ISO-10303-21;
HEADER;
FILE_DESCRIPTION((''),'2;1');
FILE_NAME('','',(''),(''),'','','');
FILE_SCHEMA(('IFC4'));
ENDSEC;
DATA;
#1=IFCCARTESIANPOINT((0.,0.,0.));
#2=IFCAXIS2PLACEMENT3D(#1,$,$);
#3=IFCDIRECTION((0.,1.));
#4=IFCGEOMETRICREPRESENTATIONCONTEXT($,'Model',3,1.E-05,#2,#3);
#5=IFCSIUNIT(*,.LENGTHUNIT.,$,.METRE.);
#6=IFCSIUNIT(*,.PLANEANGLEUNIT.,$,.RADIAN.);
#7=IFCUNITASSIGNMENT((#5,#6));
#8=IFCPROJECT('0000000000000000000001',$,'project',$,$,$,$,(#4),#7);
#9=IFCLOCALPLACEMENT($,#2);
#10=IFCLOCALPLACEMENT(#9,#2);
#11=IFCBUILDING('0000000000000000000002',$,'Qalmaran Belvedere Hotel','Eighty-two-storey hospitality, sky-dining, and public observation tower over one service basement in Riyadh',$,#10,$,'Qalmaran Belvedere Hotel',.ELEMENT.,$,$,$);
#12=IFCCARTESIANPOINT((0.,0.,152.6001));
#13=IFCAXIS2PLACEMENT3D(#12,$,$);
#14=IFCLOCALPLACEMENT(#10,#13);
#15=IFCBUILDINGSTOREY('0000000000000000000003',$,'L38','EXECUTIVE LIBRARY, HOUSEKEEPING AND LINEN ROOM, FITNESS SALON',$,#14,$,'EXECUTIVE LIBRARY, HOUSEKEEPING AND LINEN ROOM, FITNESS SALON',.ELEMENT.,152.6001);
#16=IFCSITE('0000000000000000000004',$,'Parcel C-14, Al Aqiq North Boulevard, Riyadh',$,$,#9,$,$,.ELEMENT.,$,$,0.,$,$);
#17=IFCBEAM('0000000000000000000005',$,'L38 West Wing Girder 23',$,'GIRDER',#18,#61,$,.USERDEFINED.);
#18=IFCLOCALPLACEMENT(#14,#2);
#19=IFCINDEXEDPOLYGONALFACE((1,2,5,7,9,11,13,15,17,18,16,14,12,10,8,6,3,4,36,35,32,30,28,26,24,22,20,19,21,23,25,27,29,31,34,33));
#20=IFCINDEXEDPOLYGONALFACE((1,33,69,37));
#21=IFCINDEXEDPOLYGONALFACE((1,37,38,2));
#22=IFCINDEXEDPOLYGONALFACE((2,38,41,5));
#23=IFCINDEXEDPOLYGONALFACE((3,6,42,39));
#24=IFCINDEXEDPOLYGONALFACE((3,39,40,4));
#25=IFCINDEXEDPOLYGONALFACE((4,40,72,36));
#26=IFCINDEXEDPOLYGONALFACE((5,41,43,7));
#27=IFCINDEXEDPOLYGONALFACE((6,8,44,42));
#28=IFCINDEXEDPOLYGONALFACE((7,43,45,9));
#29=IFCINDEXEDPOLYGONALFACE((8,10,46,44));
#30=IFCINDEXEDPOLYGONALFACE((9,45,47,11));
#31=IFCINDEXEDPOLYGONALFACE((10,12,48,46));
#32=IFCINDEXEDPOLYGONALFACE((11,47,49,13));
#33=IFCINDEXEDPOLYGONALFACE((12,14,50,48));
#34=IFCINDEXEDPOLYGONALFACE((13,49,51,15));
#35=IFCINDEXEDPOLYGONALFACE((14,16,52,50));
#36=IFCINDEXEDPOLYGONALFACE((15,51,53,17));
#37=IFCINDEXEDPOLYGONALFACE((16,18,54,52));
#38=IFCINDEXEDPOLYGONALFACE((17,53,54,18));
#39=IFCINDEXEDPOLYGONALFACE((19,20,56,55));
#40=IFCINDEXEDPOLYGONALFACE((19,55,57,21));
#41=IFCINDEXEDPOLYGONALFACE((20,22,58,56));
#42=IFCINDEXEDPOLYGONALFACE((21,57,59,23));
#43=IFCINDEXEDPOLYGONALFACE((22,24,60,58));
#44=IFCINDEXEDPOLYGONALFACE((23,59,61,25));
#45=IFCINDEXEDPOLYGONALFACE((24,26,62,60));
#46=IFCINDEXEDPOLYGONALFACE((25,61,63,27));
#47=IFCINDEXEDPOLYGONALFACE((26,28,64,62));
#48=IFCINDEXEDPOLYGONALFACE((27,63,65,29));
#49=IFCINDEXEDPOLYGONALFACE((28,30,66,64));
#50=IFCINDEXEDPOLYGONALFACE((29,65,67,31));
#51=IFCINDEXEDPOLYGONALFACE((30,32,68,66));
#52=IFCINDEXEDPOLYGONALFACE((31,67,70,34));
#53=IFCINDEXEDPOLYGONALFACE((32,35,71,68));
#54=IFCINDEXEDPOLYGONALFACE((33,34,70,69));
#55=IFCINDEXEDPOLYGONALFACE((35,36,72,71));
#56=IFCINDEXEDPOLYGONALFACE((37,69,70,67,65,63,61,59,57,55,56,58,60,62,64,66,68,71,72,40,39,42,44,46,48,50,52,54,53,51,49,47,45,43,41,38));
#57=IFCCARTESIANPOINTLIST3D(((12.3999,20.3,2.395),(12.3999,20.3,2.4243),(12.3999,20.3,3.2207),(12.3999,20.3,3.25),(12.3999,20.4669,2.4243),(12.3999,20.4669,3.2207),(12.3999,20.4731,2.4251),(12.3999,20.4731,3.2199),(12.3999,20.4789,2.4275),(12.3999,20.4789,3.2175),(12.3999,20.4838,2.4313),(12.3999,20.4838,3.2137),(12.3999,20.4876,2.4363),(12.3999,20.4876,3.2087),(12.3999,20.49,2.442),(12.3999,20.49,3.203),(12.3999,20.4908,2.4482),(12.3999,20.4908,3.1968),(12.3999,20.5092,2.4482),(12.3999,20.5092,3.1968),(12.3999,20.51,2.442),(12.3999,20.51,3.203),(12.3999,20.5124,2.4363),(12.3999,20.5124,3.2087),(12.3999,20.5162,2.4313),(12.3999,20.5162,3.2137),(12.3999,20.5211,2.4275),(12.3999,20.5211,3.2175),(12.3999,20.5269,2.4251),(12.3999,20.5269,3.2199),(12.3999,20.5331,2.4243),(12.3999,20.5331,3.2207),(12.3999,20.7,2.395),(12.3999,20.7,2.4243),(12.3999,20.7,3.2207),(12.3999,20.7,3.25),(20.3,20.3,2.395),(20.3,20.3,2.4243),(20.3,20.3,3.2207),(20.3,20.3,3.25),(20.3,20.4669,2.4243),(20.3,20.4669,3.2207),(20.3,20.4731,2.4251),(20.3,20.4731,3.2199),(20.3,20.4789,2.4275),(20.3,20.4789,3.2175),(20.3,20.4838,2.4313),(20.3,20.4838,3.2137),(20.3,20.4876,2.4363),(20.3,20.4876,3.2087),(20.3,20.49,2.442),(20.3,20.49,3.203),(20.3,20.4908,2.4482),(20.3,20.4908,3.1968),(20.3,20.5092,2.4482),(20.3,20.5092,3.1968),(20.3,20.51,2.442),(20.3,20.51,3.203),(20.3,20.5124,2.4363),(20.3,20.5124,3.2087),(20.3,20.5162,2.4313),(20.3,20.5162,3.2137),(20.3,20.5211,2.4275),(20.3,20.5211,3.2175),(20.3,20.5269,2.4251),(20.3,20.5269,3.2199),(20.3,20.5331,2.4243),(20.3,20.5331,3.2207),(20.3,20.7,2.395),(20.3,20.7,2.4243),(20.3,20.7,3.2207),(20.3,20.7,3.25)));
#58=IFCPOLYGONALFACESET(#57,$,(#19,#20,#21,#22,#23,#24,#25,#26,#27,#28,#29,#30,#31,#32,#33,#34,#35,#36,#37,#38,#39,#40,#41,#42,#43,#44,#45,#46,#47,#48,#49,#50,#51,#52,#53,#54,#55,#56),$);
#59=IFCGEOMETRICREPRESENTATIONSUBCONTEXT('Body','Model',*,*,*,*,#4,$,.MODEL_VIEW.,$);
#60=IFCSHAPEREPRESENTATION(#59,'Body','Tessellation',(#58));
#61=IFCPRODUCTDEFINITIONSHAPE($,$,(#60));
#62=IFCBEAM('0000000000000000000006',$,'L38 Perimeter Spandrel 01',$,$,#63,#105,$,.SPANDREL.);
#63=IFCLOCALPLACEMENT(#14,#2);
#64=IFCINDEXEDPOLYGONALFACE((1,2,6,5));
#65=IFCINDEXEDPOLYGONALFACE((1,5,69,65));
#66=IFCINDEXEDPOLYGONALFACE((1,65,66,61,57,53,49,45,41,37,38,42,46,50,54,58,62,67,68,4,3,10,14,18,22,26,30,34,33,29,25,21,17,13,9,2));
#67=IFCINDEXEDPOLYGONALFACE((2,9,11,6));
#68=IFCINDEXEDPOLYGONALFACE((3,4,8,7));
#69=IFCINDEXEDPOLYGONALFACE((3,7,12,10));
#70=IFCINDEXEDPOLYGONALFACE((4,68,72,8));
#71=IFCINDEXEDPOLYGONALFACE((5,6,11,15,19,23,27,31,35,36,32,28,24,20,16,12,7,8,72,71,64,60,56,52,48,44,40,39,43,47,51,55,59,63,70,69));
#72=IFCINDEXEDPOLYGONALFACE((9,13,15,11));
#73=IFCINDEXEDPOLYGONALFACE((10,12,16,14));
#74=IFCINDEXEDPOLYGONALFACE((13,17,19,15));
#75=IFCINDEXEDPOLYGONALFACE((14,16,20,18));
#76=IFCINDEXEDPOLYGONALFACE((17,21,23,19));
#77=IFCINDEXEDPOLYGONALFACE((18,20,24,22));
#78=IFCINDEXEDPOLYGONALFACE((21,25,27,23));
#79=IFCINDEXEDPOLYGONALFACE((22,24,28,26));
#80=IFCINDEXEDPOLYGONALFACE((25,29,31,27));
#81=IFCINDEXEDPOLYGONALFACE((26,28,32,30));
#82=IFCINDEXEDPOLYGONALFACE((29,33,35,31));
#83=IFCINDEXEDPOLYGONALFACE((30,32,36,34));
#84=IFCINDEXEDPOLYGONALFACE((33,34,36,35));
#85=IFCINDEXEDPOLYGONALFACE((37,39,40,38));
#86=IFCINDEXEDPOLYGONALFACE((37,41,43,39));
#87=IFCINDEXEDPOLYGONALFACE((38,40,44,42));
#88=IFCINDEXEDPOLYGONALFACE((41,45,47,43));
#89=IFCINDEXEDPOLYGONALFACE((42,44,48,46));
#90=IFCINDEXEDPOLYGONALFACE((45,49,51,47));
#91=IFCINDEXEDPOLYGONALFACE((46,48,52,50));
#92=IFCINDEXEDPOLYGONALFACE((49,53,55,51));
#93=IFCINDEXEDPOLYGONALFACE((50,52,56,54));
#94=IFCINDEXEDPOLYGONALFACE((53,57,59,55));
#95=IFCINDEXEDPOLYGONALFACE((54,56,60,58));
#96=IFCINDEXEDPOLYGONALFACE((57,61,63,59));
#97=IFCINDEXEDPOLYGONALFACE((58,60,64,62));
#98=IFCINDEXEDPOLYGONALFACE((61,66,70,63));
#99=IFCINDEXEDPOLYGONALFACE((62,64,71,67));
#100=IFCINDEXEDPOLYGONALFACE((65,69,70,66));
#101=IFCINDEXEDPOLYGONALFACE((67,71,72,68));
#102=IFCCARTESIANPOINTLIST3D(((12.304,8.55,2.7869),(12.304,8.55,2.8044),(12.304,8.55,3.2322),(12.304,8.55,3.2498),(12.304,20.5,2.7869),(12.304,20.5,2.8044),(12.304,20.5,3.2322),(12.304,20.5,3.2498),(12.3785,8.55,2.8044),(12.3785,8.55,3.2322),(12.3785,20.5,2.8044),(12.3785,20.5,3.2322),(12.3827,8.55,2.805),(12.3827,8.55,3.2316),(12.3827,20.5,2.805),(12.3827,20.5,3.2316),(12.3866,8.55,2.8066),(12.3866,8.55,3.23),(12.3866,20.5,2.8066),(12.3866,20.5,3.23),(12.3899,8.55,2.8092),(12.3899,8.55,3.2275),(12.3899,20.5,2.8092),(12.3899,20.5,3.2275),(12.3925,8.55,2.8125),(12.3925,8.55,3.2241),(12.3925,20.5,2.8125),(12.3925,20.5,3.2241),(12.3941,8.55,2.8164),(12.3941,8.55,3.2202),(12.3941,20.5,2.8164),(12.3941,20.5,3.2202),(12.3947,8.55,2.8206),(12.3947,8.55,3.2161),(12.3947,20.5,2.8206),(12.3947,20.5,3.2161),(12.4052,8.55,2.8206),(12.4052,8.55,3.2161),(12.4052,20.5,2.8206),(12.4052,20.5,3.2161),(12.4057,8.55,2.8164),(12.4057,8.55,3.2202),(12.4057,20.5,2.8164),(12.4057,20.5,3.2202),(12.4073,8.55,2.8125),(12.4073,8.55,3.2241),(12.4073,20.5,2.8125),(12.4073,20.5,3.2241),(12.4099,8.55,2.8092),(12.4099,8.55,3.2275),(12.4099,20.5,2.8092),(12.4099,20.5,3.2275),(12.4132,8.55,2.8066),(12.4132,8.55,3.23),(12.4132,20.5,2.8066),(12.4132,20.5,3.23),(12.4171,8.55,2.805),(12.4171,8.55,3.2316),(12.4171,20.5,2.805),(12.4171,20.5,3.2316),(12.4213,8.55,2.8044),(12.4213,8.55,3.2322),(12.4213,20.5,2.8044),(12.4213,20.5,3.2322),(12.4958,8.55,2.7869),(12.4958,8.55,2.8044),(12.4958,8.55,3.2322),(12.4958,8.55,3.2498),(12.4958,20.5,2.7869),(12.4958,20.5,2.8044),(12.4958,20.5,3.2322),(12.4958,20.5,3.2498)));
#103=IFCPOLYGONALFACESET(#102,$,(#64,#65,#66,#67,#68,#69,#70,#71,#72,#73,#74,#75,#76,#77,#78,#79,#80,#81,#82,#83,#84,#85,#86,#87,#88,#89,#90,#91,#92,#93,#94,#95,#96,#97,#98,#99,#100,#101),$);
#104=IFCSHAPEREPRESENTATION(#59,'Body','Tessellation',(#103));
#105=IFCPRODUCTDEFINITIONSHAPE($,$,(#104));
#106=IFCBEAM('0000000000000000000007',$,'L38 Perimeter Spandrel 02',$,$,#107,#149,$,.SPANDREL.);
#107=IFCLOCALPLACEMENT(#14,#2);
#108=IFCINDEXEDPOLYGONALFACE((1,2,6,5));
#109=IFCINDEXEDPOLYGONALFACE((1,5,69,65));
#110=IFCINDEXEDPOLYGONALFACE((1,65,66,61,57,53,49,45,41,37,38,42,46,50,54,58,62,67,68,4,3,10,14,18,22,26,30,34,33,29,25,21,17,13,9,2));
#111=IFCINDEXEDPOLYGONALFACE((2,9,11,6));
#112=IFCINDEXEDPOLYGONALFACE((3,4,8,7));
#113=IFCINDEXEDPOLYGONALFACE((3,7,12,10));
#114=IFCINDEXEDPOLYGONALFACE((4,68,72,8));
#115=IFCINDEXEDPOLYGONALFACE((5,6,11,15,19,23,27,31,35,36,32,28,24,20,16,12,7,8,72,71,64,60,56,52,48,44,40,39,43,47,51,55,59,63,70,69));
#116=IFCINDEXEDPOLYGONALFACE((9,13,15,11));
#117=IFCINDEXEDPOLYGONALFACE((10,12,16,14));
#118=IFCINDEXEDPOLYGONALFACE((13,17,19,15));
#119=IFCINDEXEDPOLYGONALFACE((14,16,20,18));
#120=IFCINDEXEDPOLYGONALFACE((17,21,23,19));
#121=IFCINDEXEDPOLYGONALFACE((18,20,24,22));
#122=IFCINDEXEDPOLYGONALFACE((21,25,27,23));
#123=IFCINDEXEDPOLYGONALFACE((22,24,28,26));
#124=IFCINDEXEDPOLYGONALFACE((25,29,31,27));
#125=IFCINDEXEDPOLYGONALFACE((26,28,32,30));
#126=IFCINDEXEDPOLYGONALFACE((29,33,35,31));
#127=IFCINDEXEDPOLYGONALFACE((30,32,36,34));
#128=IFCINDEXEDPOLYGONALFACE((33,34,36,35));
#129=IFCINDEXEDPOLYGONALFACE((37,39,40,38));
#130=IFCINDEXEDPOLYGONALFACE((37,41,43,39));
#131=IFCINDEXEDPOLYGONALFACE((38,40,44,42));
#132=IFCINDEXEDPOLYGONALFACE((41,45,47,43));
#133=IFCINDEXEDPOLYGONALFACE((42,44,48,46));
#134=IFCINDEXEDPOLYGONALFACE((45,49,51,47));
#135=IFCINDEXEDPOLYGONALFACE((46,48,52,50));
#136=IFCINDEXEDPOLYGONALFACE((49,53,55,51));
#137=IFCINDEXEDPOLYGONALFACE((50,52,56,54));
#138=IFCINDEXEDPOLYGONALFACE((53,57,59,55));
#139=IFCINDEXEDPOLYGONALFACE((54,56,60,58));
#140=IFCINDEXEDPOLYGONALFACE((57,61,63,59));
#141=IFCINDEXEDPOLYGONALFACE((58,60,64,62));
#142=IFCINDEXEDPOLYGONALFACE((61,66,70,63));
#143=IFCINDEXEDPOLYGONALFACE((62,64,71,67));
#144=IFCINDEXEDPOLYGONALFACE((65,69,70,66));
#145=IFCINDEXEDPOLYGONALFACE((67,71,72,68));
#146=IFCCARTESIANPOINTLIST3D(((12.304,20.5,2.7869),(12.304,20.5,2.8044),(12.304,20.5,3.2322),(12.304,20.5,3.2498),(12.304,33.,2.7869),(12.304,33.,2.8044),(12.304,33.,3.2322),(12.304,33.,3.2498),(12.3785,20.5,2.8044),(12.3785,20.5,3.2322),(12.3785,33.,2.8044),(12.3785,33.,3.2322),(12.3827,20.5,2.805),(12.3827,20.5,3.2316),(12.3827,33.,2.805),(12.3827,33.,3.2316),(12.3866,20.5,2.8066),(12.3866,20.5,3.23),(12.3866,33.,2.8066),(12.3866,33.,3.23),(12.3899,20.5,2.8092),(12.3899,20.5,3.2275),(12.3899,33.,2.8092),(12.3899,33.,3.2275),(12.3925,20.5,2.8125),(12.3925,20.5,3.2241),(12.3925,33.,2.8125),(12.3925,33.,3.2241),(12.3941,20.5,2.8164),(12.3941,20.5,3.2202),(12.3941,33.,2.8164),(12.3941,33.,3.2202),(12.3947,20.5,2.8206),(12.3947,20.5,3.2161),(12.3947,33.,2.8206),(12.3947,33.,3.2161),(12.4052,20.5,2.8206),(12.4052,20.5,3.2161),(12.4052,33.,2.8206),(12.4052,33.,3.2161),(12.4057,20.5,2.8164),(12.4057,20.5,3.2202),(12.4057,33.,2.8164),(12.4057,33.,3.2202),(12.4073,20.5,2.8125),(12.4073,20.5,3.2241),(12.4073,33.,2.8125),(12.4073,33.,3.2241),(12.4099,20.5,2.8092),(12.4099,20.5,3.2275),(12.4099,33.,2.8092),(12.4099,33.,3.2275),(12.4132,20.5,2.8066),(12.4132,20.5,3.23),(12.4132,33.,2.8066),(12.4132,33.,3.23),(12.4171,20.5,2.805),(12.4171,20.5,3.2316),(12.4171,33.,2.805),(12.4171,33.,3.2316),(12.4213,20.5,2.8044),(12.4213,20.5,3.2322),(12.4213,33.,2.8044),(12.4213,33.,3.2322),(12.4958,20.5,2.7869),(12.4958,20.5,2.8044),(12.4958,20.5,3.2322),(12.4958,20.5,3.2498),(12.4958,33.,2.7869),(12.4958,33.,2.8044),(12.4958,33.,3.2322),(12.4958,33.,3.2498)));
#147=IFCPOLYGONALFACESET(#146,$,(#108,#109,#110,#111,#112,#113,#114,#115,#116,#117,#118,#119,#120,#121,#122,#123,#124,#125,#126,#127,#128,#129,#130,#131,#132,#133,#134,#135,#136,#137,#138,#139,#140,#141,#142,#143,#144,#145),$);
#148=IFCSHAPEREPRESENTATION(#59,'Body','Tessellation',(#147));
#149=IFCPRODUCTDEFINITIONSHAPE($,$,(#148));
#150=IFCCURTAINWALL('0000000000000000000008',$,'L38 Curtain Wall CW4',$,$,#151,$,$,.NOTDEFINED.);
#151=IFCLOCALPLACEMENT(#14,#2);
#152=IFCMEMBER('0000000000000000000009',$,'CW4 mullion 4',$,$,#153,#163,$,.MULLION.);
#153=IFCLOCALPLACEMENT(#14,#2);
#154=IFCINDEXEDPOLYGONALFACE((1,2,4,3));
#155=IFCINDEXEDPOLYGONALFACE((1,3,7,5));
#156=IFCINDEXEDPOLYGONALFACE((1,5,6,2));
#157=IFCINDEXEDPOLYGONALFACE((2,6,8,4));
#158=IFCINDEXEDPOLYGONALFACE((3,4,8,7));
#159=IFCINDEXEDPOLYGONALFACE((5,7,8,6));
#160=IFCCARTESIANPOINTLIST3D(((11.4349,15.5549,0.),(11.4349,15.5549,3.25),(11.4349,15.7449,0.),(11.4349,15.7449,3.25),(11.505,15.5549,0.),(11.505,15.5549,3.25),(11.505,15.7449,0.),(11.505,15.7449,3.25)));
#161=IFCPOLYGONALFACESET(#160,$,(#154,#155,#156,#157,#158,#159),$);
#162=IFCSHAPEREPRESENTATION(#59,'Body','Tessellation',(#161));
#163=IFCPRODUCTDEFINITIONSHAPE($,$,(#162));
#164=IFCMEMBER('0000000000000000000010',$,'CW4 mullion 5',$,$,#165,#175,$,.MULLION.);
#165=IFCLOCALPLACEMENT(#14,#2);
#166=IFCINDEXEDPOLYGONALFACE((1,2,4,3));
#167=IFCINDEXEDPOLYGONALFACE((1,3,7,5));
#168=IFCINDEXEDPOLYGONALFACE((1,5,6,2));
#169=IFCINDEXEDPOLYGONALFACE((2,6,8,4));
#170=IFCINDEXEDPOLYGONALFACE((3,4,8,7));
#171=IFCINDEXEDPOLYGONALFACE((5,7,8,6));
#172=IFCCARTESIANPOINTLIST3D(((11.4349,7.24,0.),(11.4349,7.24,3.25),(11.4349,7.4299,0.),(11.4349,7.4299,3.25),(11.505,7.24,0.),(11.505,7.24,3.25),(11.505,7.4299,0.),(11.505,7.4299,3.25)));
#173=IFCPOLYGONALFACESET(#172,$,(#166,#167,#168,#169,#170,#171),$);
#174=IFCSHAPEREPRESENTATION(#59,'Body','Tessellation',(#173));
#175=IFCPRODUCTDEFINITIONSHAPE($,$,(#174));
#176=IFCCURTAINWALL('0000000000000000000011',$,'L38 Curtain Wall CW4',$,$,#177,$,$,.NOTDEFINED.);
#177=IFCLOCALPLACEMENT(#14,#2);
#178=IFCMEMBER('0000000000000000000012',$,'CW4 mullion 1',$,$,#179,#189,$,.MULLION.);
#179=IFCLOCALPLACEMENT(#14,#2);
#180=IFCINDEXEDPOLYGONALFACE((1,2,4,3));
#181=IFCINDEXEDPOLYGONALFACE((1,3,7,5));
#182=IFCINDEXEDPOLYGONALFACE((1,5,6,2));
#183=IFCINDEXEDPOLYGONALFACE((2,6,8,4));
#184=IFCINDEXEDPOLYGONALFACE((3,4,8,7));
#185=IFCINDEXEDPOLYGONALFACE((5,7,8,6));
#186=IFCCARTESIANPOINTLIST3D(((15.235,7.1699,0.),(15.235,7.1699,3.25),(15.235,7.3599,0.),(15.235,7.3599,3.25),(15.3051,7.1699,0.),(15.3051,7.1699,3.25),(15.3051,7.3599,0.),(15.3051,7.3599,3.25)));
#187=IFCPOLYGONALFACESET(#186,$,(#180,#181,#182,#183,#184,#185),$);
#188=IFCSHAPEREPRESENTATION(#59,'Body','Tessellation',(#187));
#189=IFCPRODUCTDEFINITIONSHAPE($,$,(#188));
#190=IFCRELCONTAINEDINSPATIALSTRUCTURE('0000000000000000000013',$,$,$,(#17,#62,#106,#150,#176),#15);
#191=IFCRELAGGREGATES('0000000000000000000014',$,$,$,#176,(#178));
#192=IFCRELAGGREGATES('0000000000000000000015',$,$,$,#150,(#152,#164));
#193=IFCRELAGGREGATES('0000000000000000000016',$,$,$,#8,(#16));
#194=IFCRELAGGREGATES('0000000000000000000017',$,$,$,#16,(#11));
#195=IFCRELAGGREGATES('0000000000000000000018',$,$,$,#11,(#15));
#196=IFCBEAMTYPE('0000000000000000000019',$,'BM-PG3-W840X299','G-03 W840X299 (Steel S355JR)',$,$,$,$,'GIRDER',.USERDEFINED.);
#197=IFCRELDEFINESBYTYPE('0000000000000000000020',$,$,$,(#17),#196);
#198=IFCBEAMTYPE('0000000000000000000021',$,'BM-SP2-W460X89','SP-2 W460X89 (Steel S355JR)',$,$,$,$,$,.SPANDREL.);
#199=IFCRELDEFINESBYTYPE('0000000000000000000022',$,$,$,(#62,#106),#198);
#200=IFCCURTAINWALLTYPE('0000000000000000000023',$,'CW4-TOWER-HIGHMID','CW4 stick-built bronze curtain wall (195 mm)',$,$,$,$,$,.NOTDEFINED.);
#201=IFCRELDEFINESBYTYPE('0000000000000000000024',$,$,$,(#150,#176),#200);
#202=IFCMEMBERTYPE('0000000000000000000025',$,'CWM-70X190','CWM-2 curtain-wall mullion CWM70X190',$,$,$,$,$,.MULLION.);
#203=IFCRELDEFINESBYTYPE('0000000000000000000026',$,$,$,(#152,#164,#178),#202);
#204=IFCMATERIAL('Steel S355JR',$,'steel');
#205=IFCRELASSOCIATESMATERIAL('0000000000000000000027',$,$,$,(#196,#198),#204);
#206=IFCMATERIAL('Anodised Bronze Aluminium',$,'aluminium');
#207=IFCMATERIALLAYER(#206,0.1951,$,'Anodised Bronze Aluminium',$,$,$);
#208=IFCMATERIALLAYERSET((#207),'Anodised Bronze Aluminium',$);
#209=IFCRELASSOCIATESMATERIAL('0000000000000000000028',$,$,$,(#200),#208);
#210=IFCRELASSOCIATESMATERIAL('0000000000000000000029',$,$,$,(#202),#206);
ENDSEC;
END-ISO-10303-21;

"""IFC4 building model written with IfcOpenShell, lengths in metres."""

from ifc_helpers import new_model, si_unit, direction, frame, origin, origin_2d, place, context, subcontext, project, spatial, rectangle, i_section, extrude, material, layer, layer_set, material_profile, profile_set, type_object, element, aggregate, save


model = new_model("IFC4")

# Units and contexts
model_context = context("Model", 3, precision=1e-05, world=origin(), true_north=direction((0.0, 1.0)))
body_context = subcontext(model_context, "Body", "Model", "MODEL_VIEW")
ifc_project = project(units=[si_unit("LENGTHUNIT", "METRE"), si_unit("PLANEANGLEUNIT", "RADIAN")], contexts=[model_context])

# Site, building, storey
site_placement = place(None, origin())
site = spatial("IfcSite", under=ifc_project, at=site_placement, Name="Parcel C-14, Al Aqiq North Boulevard, Riyadh", CompositionType="ELEMENT", RefElevation=0.0)
building_placement = place(site_placement, origin())
building = spatial("IfcBuilding", under=site, at=building_placement, Name="Qalmaran Belvedere Hotel", Description="Eighty-two-storey hospitality, sky-dining, and public observation tower over one service basement in Riyadh", LongName="Qalmaran Belvedere Hotel", CompositionType="ELEMENT")
storey_placement = place(building_placement, frame((0.0, 0.0, 152.6001)))
storey = spatial("IfcBuildingStorey", under=building, at=storey_placement, Name="L38", Description="EXECUTIVE LIBRARY, HOUSEKEEPING AND LINEN ROOM, FITNESS SALON", LongName="EXECUTIVE LIBRARY, HOUSEKEEPING AND LINEN ROOM, FITNESS SALON", CompositionType="ELEMENT", Elevation=152.6001)

# Beams
ifc_material_1 = material(Name="Steel S355JR", Category="steel")
ifc_material_profile_1 = material_profile(ifc_material_1, i_section(OverallWidth=0.3999, OverallDepth=0.855, WebThickness=0.0183, FlangeThickness=0.0293, FilletRadius=0.0239, at=origin_2d()), Name="W840X299")
ifc_profile_set_1 = profile_set([ifc_material_profile_1], Name="Steel S355JR")
beam_type_1 = type_object("IfcBeamType", Name="BM-PG3-W840X299", Description="G-03 W840X299 (Steel S355JR)", ElementType="GIRDER", PredefinedType="USERDEFINED", material=ifc_profile_set_1)
for number, where, z_axis, x_axis, name in (
    (1, (12.3999, 20.5, 2.8225), (1.0, 0.0, 0.0), (0.0, 1.0, 0.0), "L38 West Wing Girder 23"),
):
    element("IfcBeam", number, at=place(storey_placement, frame(where, z_axis=z_axis, x_axis=x_axis)), inside=storey, type_object=beam_type_1, Name=name, ObjectType="GIRDER", PredefinedType="USERDEFINED", context=body_context, shape_type="SweptSolid", body=[
        extrude(i_section(OverallWidth=0.3999, OverallDepth=0.855, WebThickness=0.0183, FlangeThickness=0.0293, FilletRadius=0.0239, at=origin_2d()), origin(), (0.0, 0.0, 1.0), 7.9001),
    ])
ifc_material_profile_2 = material_profile(ifc_material_1, i_section(OverallWidth=0.1919, OverallDepth=0.4629, WebThickness=0.0105, FlangeThickness=0.0176, FilletRadius=0.0161, at=origin_2d()), Name="W460X89")
ifc_profile_set_2 = profile_set([ifc_material_profile_2], Name="Steel S355JR")
beam_type_2 = type_object("IfcBeamType", Name="BM-SP2-W460X89", Description="SP-2 W460X89 (Steel S355JR)", PredefinedType="SPANDREL", material=ifc_profile_set_2)
beam_1_placement = place(storey_placement, frame((12.3999, 8.55, 3.0183), z_axis=(0.0, 1.0, 0.0), x_axis=(-1.0, 0.0, 0.0)))
element("IfcBeam", 2, at=beam_1_placement, inside=storey, type_object=beam_type_2, Name="L38 Perimeter Spandrel 01", PredefinedType="SPANDREL", context=body_context, shape_type="SweptSolid", body=[
    extrude(i_section(OverallWidth=0.1919, OverallDepth=0.4629, WebThickness=0.0105, FlangeThickness=0.0176, FilletRadius=0.0161, at=origin_2d()), origin(), (0.0, 0.0, 1.0), 11.95),
])
beam_2_placement = place(storey_placement, frame((12.3999, 20.5, 3.0183), z_axis=(0.0, 1.0, 0.0), x_axis=(-1.0, 0.0, 0.0)))
element("IfcBeam", 3, at=beam_2_placement, inside=storey, type_object=beam_type_2, Name="L38 Perimeter Spandrel 02", PredefinedType="SPANDREL", context=body_context, shape_type="SweptSolid", body=[
    extrude(i_section(OverallWidth=0.1919, OverallDepth=0.4629, WebThickness=0.0105, FlangeThickness=0.0176, FilletRadius=0.0161, at=origin_2d()), origin(), (0.0, 0.0, 1.0), 12.5),
])

# Curtain wall, members
ifc_material_2 = material(Name="Anodised Bronze Aluminium", Category="aluminium")
ifc_layer_1 = layer(ifc_material_2, 0.1951, Name="Anodised Bronze Aluminium")
ifc_layer_set_1 = layer_set([ifc_layer_1], Name="Anodised Bronze Aluminium")
curtain_wall_type = type_object("IfcCurtainWallType", Name="CW4-TOWER-HIGHMID", Description="CW4 stick-built bronze curtain wall (195 mm)", PredefinedType="NOTDEFINED", material=ifc_layer_set_1)
curtain_wall_1_placement = place(storey_placement, origin())
curtain_wall_1 = element("IfcCurtainWall", 4, at=curtain_wall_1_placement, inside=storey, type_object=curtain_wall_type, Name="L38 Curtain Wall CW4", PredefinedType="NOTDEFINED")
ifc_material_profile_3 = material_profile(ifc_material_2, rectangle(XDim=0.0701, YDim=0.1899, at=origin_2d()), Name="CWM70X190")
ifc_profile_set_3 = profile_set([ifc_material_profile_3], Name="Anodised Bronze Aluminium")
member_type_1 = type_object("IfcMemberType", Name="CWM-70X190", Description="CWM-2 curtain-wall mullion CWM70X190", PredefinedType="MULLION", material=ifc_profile_set_3)
member_1_placement = place(storey_placement, frame((11.47, 15.6499, 0.0), z_axis=(0.0, 0.0, 1.0), x_axis=(1.0, 0.0, 0.0)))
member_1 = element("IfcMember", 5, at=member_1_placement, type_object=member_type_1, Name="CW4 mullion 4", PredefinedType="MULLION", context=body_context, shape_type="SweptSolid", body=[
    extrude(rectangle(XDim=0.0701, YDim=0.1899, at=origin_2d()), origin(), (0.0, 0.0, 1.0), 3.25),
])
member_2_placement = place(storey_placement, frame((11.47, 7.335, 0.0), z_axis=(0.0, 0.0, 1.0), x_axis=(1.0, 0.0, 0.0)))
member_2 = element("IfcMember", 6, at=member_2_placement, type_object=member_type_1, Name="CW4 mullion 5", PredefinedType="MULLION", context=body_context, shape_type="SweptSolid", body=[
    extrude(rectangle(XDim=0.0701, YDim=0.1899, at=origin_2d()), origin(), (0.0, 0.0, 1.0), 3.25),
])

# Curtain wall, member
curtain_wall_2_placement = place(storey_placement, origin())
curtain_wall_2 = element("IfcCurtainWall", 7, at=curtain_wall_2_placement, inside=storey, type_object=curtain_wall_type, Name="L38 Curtain Wall CW4", PredefinedType="NOTDEFINED")
member_3_placement = place(storey_placement, frame((15.27, 7.2649, 0.0), z_axis=(0.0, 0.0, 1.0), x_axis=(1.0, 0.0, 0.0)))
member_3 = element("IfcMember", 8, at=member_3_placement, type_object=member_type_1, Name="CW4 mullion 1", PredefinedType="MULLION", context=body_context, shape_type="SweptSolid", body=[
    extrude(rectangle(XDim=0.0701, YDim=0.1899, at=origin_2d()), origin(), (0.0, 0.0, 1.0), 3.25),
])

aggregate(curtain_wall_2, [member_3])

aggregate(curtain_wall_1, [member_1, member_2])

save(model, "model.ifc")
